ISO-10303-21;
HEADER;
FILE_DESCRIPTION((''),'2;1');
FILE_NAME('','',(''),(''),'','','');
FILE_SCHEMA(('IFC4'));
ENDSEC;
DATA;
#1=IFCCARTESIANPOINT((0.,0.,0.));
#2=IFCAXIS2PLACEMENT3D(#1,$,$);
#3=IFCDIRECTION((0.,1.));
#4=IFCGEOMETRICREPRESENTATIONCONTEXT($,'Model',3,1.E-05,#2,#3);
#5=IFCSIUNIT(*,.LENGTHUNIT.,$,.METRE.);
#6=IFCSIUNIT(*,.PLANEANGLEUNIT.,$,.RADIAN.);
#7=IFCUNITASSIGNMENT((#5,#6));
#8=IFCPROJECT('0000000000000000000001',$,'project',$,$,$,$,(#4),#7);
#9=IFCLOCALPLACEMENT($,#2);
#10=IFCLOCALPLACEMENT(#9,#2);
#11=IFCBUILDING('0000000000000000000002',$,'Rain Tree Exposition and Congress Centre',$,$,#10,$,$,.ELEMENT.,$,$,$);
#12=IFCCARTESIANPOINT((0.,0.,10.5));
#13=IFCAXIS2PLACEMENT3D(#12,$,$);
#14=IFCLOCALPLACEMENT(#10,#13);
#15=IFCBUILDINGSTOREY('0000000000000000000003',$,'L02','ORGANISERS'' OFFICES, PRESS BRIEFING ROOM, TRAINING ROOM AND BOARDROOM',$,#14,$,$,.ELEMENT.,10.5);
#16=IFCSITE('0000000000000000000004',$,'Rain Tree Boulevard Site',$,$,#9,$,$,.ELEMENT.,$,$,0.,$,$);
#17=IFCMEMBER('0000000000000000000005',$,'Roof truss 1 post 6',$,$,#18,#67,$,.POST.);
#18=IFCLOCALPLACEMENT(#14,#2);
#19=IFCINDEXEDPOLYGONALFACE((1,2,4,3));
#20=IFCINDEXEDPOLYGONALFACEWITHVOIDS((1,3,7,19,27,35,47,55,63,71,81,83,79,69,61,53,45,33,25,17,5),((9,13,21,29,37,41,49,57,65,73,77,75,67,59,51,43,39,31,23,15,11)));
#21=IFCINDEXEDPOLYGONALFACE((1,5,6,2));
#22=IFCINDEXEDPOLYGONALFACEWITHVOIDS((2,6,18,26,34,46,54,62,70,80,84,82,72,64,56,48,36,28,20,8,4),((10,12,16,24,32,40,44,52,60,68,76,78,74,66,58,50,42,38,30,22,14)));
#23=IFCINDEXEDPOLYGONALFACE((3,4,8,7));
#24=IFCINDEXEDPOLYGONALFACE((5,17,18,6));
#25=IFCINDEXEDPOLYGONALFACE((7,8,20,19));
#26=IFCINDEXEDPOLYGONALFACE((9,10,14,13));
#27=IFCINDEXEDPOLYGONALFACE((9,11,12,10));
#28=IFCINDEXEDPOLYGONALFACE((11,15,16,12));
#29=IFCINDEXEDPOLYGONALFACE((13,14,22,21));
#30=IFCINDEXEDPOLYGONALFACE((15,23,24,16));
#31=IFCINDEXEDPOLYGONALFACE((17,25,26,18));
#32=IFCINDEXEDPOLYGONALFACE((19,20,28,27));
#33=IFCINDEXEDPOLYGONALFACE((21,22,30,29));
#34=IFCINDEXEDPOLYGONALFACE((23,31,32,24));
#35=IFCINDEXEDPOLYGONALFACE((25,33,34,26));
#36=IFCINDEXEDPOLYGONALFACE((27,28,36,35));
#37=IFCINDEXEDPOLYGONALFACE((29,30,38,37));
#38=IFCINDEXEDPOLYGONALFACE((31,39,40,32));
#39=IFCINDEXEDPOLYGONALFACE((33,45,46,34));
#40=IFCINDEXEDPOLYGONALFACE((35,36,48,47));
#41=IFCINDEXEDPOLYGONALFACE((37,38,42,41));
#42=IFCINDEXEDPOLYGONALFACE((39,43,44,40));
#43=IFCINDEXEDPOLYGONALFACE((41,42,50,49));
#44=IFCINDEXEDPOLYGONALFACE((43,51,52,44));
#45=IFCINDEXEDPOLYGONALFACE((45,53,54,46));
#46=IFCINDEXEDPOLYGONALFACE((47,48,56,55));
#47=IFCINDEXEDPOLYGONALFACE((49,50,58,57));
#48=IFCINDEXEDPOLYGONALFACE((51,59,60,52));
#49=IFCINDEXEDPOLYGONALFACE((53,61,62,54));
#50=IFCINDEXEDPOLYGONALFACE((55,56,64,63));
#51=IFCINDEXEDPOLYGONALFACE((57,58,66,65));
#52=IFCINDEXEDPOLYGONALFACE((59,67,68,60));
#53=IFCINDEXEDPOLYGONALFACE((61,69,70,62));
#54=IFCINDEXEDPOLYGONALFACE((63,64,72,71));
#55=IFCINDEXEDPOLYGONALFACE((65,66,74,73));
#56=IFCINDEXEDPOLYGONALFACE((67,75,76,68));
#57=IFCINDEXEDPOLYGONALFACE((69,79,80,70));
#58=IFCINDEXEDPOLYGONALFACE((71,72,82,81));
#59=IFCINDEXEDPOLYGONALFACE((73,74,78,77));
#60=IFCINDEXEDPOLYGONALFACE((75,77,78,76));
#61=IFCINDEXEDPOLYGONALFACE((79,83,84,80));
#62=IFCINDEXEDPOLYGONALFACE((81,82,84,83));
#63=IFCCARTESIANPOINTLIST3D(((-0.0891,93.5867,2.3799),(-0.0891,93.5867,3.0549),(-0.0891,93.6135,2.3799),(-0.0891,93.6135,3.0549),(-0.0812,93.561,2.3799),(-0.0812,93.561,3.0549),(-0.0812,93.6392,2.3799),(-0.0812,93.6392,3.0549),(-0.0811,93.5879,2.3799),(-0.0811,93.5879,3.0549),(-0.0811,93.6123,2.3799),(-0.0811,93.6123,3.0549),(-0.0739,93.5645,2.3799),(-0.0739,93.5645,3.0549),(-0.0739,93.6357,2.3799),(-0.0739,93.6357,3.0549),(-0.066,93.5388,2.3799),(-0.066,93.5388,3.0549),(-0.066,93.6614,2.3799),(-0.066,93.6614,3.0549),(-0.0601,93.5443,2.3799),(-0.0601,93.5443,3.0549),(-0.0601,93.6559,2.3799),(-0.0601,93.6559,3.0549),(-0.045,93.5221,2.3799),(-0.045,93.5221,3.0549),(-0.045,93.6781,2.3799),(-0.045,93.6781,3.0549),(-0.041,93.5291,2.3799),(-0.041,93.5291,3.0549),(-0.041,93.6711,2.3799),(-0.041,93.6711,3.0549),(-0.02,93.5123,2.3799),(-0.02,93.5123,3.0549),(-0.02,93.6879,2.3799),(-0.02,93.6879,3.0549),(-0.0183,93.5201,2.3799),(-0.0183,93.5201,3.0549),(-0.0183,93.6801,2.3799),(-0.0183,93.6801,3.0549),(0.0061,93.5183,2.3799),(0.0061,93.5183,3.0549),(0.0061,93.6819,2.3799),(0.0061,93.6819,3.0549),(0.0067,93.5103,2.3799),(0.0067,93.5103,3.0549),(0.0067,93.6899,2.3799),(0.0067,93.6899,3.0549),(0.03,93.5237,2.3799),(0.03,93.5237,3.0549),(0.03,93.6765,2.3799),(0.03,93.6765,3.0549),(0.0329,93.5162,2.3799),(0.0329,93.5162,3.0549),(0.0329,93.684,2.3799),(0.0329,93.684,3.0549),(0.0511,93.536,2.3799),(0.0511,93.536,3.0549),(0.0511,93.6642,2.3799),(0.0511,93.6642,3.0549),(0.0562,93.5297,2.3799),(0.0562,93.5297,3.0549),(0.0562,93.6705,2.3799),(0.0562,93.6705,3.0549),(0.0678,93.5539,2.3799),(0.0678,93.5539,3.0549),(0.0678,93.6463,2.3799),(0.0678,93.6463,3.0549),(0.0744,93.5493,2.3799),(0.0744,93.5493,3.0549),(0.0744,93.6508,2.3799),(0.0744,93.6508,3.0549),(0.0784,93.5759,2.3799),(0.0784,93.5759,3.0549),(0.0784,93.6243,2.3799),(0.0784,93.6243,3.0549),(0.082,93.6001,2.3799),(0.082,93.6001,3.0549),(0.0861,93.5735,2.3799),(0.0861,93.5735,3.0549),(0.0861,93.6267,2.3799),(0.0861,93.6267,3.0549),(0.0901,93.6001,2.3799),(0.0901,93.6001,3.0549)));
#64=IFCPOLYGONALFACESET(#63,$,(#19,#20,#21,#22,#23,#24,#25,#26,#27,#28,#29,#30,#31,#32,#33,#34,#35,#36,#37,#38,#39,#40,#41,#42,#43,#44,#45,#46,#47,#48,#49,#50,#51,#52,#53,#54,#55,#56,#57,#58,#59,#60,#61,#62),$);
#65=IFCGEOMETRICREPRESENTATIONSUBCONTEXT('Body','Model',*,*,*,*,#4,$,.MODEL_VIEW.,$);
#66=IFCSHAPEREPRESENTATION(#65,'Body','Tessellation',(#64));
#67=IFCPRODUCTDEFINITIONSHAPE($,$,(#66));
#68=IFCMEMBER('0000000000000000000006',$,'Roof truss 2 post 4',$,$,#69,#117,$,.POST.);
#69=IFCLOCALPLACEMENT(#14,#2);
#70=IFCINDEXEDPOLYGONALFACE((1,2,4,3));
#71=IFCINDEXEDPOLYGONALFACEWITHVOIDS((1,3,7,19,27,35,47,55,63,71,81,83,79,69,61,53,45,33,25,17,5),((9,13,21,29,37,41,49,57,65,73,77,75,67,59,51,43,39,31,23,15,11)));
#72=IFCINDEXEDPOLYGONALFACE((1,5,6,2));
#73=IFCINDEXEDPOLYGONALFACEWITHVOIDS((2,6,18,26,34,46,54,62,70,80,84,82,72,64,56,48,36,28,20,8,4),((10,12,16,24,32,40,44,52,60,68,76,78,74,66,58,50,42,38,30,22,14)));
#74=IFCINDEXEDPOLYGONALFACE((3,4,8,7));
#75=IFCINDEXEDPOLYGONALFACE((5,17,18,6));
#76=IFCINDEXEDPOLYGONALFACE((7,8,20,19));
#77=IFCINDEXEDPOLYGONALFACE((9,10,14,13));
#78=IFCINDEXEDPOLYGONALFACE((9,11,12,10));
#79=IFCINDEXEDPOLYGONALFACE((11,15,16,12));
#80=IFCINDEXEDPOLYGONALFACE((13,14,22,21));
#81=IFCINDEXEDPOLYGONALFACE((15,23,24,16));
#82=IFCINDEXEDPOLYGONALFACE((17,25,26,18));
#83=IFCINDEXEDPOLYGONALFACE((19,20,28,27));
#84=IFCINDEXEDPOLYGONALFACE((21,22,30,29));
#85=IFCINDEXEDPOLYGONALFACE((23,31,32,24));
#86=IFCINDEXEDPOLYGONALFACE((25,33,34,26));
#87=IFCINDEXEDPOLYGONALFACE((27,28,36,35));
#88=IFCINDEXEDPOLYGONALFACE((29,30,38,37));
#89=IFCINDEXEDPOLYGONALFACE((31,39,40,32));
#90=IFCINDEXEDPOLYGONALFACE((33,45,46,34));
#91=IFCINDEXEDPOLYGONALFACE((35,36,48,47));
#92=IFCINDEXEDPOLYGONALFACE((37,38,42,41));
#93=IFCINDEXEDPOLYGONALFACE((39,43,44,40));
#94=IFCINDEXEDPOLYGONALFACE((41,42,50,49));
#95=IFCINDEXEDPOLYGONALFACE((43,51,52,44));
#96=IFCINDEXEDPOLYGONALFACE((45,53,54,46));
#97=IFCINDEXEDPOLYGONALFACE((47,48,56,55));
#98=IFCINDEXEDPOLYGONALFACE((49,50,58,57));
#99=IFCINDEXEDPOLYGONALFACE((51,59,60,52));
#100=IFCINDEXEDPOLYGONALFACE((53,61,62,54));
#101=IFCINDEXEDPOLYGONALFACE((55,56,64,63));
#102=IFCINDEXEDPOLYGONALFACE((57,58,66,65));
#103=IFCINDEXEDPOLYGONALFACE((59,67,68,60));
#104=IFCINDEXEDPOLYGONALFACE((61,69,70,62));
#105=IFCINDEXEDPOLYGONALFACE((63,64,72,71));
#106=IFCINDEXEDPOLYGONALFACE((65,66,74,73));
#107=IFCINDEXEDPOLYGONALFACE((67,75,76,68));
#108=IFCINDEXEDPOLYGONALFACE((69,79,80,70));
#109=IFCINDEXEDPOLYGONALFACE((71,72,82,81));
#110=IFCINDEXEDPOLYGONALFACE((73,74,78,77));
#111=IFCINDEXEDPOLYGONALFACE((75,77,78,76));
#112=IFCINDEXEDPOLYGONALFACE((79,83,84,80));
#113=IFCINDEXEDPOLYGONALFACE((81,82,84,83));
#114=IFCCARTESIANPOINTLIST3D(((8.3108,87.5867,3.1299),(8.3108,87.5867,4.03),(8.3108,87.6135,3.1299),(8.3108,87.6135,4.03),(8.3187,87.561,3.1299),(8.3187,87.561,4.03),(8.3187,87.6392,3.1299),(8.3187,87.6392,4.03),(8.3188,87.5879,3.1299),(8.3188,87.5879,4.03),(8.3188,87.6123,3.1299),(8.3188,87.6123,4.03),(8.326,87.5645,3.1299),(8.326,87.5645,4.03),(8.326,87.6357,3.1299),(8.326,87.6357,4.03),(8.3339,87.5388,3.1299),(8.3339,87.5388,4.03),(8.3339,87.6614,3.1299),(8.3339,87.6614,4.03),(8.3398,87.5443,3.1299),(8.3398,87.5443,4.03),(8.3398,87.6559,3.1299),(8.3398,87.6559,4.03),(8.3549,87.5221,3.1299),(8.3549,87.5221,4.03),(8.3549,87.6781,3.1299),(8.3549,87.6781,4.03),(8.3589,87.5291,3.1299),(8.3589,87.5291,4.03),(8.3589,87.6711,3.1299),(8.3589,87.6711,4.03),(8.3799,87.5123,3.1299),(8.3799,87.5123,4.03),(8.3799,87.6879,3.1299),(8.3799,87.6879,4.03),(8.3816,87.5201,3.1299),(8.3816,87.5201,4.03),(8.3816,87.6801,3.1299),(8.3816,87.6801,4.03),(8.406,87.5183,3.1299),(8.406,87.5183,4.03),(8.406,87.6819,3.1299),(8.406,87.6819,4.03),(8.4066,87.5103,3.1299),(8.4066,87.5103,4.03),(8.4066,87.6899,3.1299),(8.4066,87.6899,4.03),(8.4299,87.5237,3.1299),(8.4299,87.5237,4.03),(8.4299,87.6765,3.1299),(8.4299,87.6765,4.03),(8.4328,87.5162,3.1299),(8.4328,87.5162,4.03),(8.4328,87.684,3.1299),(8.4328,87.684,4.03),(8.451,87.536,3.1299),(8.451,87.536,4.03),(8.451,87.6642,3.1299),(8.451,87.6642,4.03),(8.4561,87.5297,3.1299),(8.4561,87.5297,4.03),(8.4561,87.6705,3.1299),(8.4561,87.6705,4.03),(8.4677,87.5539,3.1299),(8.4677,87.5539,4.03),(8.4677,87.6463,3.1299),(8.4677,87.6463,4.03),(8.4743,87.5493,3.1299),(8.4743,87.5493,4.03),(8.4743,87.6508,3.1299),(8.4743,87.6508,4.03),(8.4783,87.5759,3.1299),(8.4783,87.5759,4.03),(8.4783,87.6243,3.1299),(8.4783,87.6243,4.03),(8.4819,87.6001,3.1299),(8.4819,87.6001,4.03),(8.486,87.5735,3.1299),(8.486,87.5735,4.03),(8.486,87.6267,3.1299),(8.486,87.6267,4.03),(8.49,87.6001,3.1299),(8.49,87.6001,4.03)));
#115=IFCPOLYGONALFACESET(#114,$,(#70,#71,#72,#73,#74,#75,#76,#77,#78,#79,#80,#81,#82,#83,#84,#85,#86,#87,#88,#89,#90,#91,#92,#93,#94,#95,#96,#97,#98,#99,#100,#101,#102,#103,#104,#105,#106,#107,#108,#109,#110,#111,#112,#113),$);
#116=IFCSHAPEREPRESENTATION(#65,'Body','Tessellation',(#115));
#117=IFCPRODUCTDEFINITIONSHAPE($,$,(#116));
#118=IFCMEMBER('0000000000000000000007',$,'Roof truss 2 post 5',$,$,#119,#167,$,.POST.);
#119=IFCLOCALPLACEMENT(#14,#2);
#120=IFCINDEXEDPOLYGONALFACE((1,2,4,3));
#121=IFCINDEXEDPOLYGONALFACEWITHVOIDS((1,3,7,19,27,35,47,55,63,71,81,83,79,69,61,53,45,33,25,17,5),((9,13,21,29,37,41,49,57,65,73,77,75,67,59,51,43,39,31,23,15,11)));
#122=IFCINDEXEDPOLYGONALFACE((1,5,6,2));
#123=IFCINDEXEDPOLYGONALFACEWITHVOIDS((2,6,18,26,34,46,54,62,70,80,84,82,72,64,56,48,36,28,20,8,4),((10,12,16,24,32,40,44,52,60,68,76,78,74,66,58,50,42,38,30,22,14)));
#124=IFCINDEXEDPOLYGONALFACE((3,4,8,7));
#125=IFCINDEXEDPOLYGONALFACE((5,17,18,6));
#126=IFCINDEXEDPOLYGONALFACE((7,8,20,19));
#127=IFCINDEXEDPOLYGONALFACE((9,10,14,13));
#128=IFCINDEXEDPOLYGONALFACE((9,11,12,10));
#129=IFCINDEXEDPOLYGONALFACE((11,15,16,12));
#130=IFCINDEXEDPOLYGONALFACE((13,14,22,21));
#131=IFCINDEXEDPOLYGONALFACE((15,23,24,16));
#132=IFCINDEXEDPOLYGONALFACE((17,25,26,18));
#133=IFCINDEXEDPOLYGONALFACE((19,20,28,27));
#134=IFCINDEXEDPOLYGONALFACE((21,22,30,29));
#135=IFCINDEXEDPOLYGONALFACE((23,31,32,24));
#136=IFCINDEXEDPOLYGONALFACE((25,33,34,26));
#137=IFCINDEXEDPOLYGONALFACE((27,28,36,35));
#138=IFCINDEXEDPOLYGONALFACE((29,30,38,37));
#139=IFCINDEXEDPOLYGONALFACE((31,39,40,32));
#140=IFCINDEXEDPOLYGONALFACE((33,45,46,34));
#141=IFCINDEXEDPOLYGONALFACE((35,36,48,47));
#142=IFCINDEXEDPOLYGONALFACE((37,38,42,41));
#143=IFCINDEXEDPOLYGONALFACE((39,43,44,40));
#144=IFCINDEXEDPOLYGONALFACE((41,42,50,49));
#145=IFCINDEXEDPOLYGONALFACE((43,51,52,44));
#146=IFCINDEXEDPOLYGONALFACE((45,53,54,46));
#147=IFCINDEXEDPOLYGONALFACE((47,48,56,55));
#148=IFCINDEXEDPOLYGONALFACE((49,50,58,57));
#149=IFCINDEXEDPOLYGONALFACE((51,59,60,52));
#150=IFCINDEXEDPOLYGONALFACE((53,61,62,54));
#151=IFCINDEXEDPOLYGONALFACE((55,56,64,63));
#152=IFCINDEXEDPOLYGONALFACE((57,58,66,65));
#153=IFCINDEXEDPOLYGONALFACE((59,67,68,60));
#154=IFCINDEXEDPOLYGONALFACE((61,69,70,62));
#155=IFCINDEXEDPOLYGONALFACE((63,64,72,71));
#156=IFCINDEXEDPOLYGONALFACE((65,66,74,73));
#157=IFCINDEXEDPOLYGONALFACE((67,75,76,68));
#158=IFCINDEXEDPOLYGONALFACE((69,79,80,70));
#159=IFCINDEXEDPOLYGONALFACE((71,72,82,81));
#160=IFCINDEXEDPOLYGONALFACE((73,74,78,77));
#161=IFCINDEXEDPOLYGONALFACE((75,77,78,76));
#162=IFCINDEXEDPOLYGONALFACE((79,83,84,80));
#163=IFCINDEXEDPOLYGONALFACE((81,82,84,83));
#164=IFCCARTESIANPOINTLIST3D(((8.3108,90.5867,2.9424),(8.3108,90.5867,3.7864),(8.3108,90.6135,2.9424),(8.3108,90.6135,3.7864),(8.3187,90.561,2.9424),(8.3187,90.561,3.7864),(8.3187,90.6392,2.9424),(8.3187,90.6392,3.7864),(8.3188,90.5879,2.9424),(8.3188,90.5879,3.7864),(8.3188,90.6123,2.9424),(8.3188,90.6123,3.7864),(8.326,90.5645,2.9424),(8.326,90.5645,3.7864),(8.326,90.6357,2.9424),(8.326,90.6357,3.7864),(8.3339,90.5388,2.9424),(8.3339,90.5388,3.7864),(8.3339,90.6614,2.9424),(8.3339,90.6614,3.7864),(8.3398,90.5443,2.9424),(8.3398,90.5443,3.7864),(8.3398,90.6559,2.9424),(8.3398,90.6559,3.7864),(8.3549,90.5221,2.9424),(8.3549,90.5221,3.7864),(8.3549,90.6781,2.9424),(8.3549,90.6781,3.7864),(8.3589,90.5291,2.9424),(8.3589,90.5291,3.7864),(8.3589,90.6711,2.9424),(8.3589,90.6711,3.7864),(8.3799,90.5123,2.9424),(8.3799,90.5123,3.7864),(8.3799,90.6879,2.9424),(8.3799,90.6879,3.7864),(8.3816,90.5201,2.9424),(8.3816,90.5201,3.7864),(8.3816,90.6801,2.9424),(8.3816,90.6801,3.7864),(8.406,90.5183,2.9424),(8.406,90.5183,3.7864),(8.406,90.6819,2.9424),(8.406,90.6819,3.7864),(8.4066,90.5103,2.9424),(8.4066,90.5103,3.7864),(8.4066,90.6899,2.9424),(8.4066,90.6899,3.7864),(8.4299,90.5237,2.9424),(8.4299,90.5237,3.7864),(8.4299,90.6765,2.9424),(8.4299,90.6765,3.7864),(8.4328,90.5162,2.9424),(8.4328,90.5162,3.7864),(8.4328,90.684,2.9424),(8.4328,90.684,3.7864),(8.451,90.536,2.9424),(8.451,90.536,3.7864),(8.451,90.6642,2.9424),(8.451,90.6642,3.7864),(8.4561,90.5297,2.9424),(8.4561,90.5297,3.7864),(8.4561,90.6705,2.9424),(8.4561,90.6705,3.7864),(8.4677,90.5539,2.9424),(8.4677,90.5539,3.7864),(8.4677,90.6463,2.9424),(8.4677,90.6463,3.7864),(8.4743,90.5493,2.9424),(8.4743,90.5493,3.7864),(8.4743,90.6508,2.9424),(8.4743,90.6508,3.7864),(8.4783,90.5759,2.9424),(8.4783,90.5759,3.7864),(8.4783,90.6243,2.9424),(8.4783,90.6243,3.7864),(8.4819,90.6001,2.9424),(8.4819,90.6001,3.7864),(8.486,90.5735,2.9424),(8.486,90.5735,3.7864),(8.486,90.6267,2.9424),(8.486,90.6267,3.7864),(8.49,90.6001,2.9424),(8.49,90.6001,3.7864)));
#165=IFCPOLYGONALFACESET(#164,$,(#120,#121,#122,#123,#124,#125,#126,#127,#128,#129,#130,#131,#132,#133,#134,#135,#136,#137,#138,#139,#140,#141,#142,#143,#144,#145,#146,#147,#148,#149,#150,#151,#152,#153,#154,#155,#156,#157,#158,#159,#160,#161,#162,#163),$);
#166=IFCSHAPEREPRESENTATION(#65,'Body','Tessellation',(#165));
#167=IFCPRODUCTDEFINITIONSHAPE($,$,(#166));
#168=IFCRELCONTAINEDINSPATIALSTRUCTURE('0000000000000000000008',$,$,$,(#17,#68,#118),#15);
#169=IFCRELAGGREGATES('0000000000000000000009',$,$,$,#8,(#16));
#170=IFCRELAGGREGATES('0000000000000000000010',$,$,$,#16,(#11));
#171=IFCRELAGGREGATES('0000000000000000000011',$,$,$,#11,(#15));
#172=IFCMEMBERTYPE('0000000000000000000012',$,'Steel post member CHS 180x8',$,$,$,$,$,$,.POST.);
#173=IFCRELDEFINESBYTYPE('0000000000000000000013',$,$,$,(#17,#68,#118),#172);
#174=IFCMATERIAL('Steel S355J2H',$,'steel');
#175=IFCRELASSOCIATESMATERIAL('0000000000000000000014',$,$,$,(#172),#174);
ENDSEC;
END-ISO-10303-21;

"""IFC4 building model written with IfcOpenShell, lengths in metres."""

from ifc_helpers import new_model, si_unit, direction, frame, origin, origin_2d, place, context, subcontext, project, spatial, hollow_circle, extrude, material, material_profile, profile_set, type_object, element, save


model = new_model("IFC4")

# Units and contexts
model_context = context("Model", 3, precision=1e-05, world=origin(), true_north=direction((0.0, 1.0)))
body_context = subcontext(model_context, "Body", "Model", "MODEL_VIEW")
ifc_project = project(units=[si_unit("LENGTHUNIT", "METRE"), si_unit("PLANEANGLEUNIT", "RADIAN")], contexts=[model_context])

# Site, building, storey
site_placement = place(None, origin())
site = spatial("IfcSite", under=ifc_project, at=site_placement, Name="Rain Tree Boulevard Site", CompositionType="ELEMENT", RefElevation=0.0)
building_placement = place(site_placement, origin())
building = spatial("IfcBuilding", under=site, at=building_placement, Name="Rain Tree Exposition and Congress Centre", CompositionType="ELEMENT")
storey_placement = place(building_placement, frame((0.0, 0.0, 10.5)))
storey = spatial("IfcBuildingStorey", under=building, at=storey_placement, Name="L02", Description="ORGANISERS' OFFICES, PRESS BRIEFING ROOM, TRAINING ROOM AND BOARDROOM", CompositionType="ELEMENT", Elevation=10.5)

# Members
ifc_material_1 = material(Name="Steel S355J2H", Category="steel")
ifc_material_profile_1 = material_profile(ifc_material_1, hollow_circle(Radius=0.0901, WallThickness=0.0081, at=origin_2d()), Name="CHS 180x8")
ifc_profile_set_1 = profile_set([ifc_material_profile_1], Name="Steel S355J2H")
member_type_1 = type_object("IfcMemberType", Name="Steel post member CHS 180x8", PredefinedType="POST", material=ifc_profile_set_1)
member_1_placement = place(storey_placement, frame((0.0, 93.6001, 2.3799), z_axis=(0.0, 0.0, 1.0), x_axis=(1.0, 0.0, 0.0)))
element("IfcMember", 1, at=member_1_placement, inside=storey, type_object=member_type_1, Name="Roof truss 1 post 6", PredefinedType="POST", context=body_context, shape_type="SweptSolid", body=[
    extrude(hollow_circle(Radius=0.0901, WallThickness=0.0081, at=origin_2d()), origin(), (0.0, 0.0, 1.0), 0.675),
])
member_2_placement = place(storey_placement, frame((8.3999, 87.6001, 3.1299), z_axis=(0.0, 0.0, 1.0), x_axis=(1.0, 0.0, 0.0)))
element("IfcMember", 2, at=member_2_placement, inside=storey, type_object=member_type_1, Name="Roof truss 2 post 4", PredefinedType="POST", context=body_context, shape_type="SweptSolid", body=[
    extrude(hollow_circle(Radius=0.0901, WallThickness=0.0081, at=origin_2d()), origin(), (0.0, 0.0, 1.0), 0.9001),
])
member_3_placement = place(storey_placement, frame((8.3999, 90.6001, 2.9424), z_axis=(0.0, 0.0, 1.0), x_axis=(1.0, 0.0, 0.0)))
element("IfcMember", 3, at=member_3_placement, inside=storey, type_object=member_type_1, Name="Roof truss 2 post 5", PredefinedType="POST", context=body_context, shape_type="SweptSolid", body=[
    extrude(hollow_circle(Radius=0.0901, WallThickness=0.0081, at=origin_2d()), origin(), (0.0, 0.0, 1.0), 0.844),
])

save(model, "model.ifc")
